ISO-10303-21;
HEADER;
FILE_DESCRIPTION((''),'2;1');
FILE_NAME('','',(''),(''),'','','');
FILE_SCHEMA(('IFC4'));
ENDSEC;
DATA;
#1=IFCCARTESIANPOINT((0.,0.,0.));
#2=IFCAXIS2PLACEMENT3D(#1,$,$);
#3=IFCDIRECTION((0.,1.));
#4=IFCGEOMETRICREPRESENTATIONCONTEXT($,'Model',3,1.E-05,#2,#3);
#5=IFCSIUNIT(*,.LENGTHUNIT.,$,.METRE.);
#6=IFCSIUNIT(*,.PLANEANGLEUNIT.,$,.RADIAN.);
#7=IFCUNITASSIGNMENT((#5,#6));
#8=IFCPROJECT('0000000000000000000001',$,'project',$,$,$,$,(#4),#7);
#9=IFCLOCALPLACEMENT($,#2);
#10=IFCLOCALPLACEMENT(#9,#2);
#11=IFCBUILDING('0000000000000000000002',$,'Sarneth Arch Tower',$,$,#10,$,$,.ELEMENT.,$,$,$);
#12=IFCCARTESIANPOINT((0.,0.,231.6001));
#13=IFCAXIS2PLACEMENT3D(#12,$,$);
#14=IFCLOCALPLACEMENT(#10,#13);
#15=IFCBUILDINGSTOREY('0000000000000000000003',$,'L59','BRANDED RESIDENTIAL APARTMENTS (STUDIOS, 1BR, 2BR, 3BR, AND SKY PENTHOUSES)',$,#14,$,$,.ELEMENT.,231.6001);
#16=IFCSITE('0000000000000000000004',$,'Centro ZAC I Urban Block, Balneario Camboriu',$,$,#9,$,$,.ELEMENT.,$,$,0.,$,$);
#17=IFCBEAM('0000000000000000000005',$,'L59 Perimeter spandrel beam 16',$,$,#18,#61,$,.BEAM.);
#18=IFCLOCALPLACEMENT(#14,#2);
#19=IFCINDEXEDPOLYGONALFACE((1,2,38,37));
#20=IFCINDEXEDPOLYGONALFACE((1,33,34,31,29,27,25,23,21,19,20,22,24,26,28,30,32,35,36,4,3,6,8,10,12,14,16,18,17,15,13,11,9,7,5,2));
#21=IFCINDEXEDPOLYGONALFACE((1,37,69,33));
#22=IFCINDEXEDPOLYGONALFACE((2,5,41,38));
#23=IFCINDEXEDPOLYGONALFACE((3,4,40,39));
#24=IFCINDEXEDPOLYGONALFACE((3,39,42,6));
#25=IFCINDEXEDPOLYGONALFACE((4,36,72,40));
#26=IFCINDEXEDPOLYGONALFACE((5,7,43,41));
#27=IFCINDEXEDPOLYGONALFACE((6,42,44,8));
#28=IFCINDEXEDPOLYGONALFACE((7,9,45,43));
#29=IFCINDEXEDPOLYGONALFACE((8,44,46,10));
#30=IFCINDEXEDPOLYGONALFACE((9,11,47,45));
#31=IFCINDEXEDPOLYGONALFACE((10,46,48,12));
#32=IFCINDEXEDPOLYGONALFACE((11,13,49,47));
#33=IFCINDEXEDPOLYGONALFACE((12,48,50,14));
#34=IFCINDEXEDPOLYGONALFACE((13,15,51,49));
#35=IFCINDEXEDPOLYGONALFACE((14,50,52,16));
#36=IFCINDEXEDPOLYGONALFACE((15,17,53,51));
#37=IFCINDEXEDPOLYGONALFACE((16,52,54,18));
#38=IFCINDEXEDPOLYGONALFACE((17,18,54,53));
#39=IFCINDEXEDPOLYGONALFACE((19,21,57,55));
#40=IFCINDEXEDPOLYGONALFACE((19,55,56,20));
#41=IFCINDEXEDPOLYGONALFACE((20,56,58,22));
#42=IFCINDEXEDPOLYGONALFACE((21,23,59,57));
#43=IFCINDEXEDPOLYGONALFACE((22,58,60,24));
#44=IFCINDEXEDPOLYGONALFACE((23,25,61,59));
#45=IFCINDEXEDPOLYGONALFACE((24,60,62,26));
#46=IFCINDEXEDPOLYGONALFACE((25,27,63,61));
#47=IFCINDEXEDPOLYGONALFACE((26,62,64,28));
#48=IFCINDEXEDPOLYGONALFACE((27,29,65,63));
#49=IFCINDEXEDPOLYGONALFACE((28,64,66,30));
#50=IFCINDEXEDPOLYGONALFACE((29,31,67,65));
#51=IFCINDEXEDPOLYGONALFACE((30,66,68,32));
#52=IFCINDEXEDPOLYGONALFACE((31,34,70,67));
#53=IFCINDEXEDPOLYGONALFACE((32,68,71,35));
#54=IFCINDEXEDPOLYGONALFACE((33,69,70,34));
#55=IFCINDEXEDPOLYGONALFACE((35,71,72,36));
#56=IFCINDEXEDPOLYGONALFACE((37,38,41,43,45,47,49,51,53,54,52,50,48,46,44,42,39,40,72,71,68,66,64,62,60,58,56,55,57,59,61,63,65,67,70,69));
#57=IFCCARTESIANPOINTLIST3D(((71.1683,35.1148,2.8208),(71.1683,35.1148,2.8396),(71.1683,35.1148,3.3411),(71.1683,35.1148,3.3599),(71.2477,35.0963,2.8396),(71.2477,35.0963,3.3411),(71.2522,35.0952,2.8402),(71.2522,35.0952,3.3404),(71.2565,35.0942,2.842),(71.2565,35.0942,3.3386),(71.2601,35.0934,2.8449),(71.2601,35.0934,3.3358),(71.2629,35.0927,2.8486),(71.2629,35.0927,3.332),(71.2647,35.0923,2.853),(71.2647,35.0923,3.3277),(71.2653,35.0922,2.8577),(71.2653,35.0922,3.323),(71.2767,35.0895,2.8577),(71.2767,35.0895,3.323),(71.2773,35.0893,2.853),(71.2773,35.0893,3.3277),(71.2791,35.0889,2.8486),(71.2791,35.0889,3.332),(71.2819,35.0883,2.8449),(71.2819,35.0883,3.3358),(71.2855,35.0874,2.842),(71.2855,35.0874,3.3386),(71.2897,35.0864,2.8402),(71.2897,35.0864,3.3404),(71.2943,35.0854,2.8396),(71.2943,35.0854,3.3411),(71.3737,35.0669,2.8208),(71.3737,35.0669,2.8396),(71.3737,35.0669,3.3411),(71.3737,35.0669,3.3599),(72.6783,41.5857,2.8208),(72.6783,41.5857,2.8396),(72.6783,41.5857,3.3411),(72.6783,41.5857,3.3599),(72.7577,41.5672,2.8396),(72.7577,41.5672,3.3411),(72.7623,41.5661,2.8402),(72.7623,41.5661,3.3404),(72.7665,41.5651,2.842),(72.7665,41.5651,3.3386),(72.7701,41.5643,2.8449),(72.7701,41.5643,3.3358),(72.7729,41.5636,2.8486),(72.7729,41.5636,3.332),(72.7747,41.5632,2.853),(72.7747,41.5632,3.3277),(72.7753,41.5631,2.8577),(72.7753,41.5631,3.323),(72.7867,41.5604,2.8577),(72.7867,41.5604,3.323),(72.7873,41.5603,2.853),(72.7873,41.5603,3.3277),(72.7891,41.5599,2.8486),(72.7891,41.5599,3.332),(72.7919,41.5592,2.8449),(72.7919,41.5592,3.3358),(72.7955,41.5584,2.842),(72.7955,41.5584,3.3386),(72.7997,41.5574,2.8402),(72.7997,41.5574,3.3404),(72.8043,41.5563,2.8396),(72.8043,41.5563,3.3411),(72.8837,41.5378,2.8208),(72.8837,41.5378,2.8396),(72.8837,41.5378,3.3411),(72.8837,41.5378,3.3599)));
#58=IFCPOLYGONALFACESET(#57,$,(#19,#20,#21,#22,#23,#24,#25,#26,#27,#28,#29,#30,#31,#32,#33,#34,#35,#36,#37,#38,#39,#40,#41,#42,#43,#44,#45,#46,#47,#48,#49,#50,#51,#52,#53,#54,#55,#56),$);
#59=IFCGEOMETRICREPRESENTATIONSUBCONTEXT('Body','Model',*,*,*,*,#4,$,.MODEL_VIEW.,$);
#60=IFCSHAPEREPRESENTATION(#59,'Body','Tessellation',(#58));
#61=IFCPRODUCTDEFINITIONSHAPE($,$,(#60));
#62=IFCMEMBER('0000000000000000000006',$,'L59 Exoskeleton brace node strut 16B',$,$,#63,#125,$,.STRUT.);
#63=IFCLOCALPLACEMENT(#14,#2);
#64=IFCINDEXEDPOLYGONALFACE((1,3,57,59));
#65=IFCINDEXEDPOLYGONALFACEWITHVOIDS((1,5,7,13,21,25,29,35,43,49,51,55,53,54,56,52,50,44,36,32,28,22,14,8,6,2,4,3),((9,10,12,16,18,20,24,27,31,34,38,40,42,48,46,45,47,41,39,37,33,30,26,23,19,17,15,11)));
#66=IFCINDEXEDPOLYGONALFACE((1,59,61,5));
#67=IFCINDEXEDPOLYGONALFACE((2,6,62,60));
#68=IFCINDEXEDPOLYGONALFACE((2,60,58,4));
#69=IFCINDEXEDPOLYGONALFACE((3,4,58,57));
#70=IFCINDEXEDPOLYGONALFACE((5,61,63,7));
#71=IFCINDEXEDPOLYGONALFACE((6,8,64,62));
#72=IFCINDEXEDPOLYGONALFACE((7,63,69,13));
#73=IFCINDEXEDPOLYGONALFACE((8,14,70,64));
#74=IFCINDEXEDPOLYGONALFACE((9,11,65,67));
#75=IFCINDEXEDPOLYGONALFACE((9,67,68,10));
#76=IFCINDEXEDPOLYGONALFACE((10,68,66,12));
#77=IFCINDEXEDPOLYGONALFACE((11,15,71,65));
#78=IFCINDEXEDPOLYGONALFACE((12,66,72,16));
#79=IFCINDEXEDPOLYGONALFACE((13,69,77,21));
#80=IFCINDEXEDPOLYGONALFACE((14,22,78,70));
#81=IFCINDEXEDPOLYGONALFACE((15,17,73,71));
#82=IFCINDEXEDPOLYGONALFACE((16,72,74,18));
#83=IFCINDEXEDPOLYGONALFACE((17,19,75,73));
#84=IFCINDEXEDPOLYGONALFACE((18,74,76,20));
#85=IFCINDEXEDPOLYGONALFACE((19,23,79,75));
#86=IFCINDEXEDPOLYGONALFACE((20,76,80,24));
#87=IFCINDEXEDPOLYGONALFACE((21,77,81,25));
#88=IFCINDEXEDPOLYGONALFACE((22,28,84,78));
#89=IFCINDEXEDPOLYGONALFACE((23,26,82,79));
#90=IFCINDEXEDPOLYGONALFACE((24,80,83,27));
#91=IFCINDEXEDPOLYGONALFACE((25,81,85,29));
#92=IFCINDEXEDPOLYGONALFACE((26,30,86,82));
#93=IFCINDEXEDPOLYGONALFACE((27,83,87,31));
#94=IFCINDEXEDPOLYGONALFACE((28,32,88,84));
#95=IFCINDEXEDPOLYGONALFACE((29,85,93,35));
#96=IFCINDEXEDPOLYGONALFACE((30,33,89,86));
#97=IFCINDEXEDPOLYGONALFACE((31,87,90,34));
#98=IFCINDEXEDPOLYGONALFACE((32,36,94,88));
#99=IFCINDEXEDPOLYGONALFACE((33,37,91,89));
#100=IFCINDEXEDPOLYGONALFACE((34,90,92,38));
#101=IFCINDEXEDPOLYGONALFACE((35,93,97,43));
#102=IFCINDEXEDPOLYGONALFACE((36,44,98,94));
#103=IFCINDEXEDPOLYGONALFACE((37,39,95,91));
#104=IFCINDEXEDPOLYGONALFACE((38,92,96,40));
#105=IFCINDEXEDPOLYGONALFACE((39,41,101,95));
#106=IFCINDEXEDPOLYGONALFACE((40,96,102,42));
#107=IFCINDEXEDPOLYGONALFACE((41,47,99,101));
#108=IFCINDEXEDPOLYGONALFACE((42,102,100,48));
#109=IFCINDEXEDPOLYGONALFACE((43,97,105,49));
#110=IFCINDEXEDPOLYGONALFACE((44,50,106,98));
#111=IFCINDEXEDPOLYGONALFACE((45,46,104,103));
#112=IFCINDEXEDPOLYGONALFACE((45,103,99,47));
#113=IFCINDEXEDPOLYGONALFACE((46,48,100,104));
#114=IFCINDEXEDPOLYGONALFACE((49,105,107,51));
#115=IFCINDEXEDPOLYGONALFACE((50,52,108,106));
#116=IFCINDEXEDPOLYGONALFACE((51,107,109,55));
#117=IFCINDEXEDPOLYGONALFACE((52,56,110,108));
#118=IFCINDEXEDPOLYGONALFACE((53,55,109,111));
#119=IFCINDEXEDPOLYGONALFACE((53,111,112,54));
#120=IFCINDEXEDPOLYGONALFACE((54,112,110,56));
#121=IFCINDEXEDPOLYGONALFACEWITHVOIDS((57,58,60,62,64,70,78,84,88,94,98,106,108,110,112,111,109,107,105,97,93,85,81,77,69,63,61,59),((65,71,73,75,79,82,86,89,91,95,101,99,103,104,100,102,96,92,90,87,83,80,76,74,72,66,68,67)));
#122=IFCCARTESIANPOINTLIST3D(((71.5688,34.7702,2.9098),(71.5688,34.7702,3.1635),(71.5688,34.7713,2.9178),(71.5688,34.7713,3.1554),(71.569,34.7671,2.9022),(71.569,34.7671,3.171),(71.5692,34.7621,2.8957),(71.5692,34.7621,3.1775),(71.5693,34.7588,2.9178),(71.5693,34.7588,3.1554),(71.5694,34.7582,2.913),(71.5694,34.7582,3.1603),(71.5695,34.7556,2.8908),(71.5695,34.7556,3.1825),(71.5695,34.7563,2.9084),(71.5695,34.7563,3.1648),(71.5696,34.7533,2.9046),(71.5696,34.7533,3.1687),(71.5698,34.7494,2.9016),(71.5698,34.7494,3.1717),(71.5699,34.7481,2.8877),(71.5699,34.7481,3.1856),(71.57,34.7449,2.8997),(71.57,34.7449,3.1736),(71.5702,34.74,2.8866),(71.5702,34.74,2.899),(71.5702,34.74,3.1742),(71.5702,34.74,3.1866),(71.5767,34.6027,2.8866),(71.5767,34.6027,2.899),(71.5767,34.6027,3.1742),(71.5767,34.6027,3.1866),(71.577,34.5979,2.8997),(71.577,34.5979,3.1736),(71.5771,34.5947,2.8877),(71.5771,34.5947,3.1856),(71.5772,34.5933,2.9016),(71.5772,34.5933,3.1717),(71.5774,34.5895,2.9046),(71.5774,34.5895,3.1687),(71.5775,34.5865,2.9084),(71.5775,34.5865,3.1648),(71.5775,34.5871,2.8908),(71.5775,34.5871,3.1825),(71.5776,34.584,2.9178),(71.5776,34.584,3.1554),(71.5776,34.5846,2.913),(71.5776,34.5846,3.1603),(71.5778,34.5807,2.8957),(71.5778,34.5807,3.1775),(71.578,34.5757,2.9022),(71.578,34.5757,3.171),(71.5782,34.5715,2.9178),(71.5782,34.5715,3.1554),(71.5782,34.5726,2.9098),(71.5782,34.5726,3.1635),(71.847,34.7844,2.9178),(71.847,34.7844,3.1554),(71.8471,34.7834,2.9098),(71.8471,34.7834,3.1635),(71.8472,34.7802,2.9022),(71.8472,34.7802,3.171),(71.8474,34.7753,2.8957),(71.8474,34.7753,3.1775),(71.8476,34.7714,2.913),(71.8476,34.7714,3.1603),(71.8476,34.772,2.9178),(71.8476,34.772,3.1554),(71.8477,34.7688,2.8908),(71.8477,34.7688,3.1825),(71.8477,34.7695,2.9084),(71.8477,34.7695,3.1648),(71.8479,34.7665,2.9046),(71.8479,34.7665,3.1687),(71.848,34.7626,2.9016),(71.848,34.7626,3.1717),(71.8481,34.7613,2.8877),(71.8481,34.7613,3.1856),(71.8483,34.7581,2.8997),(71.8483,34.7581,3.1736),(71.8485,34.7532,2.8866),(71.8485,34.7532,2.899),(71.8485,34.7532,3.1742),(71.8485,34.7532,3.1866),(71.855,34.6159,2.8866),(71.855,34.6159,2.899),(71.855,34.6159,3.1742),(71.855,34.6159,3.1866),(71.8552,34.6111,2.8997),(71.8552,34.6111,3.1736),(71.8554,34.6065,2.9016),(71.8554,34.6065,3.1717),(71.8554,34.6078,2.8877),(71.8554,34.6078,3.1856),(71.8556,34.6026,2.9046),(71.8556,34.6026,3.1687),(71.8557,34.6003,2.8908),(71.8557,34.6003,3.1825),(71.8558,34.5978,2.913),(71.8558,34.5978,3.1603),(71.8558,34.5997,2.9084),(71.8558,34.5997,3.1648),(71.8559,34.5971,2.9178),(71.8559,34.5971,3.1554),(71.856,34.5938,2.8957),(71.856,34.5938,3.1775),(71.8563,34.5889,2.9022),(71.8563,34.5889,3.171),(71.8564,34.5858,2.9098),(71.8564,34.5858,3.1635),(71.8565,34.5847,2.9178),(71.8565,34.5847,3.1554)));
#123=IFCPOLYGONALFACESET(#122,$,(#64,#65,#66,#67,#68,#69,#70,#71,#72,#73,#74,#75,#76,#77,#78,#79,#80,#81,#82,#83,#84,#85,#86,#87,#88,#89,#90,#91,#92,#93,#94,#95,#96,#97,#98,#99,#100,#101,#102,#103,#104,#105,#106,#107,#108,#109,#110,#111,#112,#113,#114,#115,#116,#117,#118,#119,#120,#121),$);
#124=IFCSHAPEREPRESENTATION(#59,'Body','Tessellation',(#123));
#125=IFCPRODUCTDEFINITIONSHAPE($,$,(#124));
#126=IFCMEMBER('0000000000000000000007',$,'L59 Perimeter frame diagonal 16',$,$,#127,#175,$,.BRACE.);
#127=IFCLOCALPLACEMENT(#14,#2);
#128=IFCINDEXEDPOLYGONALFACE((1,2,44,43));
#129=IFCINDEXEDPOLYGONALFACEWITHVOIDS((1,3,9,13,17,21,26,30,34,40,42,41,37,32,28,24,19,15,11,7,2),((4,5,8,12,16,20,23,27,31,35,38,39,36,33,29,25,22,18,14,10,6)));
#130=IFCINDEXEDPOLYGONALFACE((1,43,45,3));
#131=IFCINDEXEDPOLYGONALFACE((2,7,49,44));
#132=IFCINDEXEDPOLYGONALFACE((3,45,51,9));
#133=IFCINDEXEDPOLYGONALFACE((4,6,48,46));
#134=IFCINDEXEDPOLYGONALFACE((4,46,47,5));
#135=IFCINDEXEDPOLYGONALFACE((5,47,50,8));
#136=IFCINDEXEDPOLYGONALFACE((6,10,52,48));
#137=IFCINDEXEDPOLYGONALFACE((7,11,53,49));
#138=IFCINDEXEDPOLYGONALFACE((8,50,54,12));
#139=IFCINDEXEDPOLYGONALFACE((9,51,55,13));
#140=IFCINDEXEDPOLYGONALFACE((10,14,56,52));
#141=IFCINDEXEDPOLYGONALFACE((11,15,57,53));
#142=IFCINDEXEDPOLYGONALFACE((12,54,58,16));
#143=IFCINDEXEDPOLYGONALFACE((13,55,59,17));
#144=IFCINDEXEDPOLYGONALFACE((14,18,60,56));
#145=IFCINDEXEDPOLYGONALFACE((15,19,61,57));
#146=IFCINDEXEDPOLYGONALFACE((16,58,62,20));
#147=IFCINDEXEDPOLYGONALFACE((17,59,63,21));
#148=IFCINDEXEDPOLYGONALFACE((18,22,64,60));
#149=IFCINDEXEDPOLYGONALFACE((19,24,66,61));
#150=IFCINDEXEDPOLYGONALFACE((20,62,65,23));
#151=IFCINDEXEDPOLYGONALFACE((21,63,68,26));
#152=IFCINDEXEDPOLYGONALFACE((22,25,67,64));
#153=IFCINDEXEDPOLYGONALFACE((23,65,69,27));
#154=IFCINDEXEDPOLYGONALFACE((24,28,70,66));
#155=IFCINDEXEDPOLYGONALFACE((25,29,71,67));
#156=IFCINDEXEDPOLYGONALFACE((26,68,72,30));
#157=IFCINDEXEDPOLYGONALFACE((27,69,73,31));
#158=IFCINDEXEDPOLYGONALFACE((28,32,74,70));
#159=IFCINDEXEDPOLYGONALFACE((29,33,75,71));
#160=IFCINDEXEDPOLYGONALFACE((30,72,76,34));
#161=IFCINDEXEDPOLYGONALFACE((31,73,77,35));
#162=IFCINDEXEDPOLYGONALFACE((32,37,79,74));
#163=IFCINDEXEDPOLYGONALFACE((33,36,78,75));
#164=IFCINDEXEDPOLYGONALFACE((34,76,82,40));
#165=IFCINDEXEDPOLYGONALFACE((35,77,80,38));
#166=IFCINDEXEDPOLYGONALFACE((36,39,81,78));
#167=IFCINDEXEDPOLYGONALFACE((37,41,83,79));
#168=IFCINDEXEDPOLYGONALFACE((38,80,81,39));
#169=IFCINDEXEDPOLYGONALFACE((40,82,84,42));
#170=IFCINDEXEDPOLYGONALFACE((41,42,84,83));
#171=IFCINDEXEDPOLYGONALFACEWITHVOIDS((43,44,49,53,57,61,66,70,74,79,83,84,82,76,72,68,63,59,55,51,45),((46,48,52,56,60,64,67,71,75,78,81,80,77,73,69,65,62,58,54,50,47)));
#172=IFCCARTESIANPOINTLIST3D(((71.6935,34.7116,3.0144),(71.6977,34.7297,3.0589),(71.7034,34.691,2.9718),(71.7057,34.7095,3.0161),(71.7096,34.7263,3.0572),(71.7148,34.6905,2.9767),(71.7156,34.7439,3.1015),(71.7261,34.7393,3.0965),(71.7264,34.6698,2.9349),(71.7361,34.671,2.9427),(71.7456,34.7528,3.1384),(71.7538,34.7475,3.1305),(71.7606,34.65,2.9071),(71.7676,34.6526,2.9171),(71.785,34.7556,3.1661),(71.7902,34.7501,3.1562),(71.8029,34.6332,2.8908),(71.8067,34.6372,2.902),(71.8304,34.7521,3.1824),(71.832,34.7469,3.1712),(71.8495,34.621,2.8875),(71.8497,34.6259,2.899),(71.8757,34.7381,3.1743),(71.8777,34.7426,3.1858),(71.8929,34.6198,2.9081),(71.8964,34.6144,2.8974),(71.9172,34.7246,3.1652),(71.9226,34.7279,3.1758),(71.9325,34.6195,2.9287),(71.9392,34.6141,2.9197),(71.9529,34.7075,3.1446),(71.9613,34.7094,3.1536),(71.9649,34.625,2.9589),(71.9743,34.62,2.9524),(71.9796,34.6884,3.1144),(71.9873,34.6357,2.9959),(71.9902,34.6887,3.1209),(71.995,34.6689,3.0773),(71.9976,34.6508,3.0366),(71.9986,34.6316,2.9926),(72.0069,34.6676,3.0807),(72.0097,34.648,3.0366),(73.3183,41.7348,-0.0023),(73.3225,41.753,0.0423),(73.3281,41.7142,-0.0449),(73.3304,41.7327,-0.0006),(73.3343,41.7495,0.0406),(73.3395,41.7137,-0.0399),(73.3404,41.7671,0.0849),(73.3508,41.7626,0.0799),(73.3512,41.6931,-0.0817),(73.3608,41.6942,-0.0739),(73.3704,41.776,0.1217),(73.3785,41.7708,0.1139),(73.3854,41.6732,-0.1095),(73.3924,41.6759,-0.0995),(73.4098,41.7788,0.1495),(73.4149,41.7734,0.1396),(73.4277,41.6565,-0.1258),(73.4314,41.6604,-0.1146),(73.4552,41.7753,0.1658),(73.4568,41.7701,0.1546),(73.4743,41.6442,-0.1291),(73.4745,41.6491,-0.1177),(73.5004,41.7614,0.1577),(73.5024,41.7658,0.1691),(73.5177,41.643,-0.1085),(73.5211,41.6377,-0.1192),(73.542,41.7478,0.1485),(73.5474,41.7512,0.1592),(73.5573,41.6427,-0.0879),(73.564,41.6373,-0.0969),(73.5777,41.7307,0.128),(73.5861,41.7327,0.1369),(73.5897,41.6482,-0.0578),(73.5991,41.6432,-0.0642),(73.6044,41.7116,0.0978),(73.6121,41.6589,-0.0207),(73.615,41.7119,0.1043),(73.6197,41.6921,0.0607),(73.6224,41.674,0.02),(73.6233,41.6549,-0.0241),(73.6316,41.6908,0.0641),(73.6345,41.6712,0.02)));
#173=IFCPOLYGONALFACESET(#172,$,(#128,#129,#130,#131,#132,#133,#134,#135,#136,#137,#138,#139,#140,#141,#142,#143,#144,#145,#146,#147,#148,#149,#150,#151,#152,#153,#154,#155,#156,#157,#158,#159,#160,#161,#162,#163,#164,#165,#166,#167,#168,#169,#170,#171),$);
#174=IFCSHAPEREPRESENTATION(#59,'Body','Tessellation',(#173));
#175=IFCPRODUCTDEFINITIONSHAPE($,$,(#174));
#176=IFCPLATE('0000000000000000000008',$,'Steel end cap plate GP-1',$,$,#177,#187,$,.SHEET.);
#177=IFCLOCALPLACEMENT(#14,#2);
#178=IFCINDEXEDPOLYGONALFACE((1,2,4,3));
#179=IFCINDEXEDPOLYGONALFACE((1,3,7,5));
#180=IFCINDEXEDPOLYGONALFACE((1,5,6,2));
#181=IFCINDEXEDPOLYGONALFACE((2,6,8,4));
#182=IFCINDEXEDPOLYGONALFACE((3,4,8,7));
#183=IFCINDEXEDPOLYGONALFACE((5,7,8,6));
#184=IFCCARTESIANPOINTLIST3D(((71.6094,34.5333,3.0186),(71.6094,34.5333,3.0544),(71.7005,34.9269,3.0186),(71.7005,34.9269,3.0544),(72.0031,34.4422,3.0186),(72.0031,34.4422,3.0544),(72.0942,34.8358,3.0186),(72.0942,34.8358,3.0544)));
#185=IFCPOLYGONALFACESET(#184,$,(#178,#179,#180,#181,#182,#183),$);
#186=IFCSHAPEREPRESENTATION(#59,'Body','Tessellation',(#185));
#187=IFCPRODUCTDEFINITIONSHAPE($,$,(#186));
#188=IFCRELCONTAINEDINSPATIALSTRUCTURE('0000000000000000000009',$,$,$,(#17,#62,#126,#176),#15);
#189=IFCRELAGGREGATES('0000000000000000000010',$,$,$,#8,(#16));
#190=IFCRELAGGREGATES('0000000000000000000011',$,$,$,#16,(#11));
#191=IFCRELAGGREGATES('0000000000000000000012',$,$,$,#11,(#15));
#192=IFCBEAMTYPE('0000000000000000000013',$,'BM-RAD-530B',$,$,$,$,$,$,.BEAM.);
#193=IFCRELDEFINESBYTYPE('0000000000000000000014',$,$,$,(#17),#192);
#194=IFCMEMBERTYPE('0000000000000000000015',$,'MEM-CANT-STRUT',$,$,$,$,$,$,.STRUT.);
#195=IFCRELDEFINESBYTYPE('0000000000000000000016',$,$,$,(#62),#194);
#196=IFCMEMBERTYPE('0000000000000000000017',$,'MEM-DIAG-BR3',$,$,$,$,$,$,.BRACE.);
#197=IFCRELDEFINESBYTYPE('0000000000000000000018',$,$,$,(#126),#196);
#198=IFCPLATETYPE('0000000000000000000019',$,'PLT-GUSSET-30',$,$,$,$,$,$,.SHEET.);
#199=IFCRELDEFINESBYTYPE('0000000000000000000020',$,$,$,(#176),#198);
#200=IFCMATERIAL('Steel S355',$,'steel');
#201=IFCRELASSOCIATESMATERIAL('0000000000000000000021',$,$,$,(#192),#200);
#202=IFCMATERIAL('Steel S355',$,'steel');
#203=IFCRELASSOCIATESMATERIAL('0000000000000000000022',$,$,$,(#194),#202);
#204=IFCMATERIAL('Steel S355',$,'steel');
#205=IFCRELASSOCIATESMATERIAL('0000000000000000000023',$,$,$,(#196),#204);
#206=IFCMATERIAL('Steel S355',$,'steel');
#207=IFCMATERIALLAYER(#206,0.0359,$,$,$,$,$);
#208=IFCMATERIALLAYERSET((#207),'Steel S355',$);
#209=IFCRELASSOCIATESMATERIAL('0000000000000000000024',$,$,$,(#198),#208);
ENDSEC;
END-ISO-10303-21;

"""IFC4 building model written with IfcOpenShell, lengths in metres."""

from ifc_helpers import new_model, si_unit, direction, frame, origin, origin_2d, place, context, subcontext, project, spatial, rectangle, hollow_rectangle, hollow_circle, i_section, extrude, material, layer, layer_set, material_profile, profile_set, type_object, element, save


model = new_model("IFC4")

# Units and contexts
model_context = context("Model", 3, precision=1e-05, world=origin(), true_north=direction((0.0, 1.0)))
body_context = subcontext(model_context, "Body", "Model", "MODEL_VIEW")
ifc_project = project(units=[si_unit("LENGTHUNIT", "METRE"), si_unit("PLANEANGLEUNIT", "RADIAN")], contexts=[model_context])

# Site, building, storey
site_placement = place(None, origin())
site = spatial("IfcSite", under=ifc_project, at=site_placement, Name="Centro ZAC I Urban Block, Balneario Camboriu", CompositionType="ELEMENT", RefElevation=0.0)
building_placement = place(site_placement, origin())
building = spatial("IfcBuilding", under=site, at=building_placement, Name="Sarneth Arch Tower", CompositionType="ELEMENT")
storey_placement = place(building_placement, frame((0.0, 0.0, 231.6001)))
storey = spatial("IfcBuildingStorey", under=building, at=storey_placement, Name="L59", Description="BRANDED RESIDENTIAL APARTMENTS (STUDIOS, 1BR, 2BR, 3BR, AND SKY PENTHOUSES)", CompositionType="ELEMENT", Elevation=231.6001)

# Beam
ifc_material_1 = material(Name="Steel S355", Category="steel")
ifc_material_profile_1 = material_profile(ifc_material_1, i_section(OverallWidth=0.2109, OverallDepth=0.5391, WebThickness=0.0117, FlangeThickness=0.0188, FilletRadius=0.0181, at=origin_2d()), Name="W530x109")
ifc_profile_set_1 = profile_set([ifc_material_profile_1], Name="Steel S355")
beam_type_1 = type_object("IfcBeamType", Name="BM-RAD-530B", PredefinedType="BEAM", material=ifc_profile_set_1)
beam_1_placement = place(storey_placement, frame((71.271, 35.0908, 3.0903), z_axis=(0.227247, 0.973837, 0.0), x_axis=(-0.973837, 0.227247, 0.0)))
element("IfcBeam", 1, at=beam_1_placement, inside=storey, type_object=beam_type_1, Name="L59 Perimeter spandrel beam 16", PredefinedType="BEAM", context=body_context, shape_type="SweptSolid", body=[
    extrude(i_section(OverallWidth=0.2109, OverallDepth=0.5391, WebThickness=0.0117, FlangeThickness=0.0188, FilletRadius=0.0181, at=origin_2d()), origin(), (0.0, 0.0, 1.0), 6.6448),
])

# Members
ifc_material_2 = material(Name="Steel S355", Category="steel")
ifc_material_profile_2 = material_profile(ifc_material_2, hollow_rectangle(XDim=0.2, YDim=0.3, WallThickness=0.0125, InnerFilletRadius=0.0188, OuterFilletRadius=0.0312, at=origin_2d()), Name="RHS300x200x12.5")
ifc_profile_set_2 = profile_set([ifc_material_profile_2], Name="Steel S355")
member_type_1 = type_object("IfcMemberType", Name="MEM-CANT-STRUT", PredefinedType="STRUT", material=ifc_profile_set_2)
member_1_placement = place(storey_placement, frame((71.5735, 34.6714, 3.0366), z_axis=(0.99888, 0.047315, 0.0), x_axis=(-0.047315, 0.99888, 0.0)))
element("IfcMember", 2, at=member_1_placement, inside=storey, type_object=member_type_1, Name="L59 Exoskeleton brace node strut 16B", PredefinedType="STRUT", context=body_context, shape_type="SweptSolid", body=[
    extrude(hollow_rectangle(XDim=0.2, YDim=0.3, WallThickness=0.0125, InnerFilletRadius=0.0188, OuterFilletRadius=0.0312, at=origin_2d()), origin(), (0.0, 0.0, 1.0), 0.2786),
])
ifc_material_3 = material(Name="Steel S355", Category="steel")
ifc_material_profile_3 = material_profile(ifc_material_3, hollow_circle(Radius=0.1621, WallThickness=0.0125, at=origin_2d()), Name="CHS324x12.5")
ifc_profile_set_3 = profile_set([ifc_material_profile_3], Name="Steel S355")
member_type_2 = type_object("IfcMemberType", Name="MEM-DIAG-BR3", PredefinedType="BRACE", material=ifc_profile_set_3)
member_2_placement = place(storey_placement, frame((73.4766, 41.7078, 0.02), z_axis=(-0.207918, -0.898749, 0.386031), x_axis=(0.974269, -0.225389, 0.0)))
element("IfcMember", 3, at=member_2_placement, inside=storey, type_object=member_type_2, Name="L59 Perimeter frame diagonal 16", PredefinedType="BRACE", context=body_context, shape_type="SweptSolid", body=[
    extrude(hollow_circle(Radius=0.1621, WallThickness=0.0125, at=origin_2d()), origin(), (0.0, 0.0, 1.0), 7.8145),
])

# Plate
ifc_material_4 = material(Name="Steel S355", Category="steel")
ifc_layer_1 = layer(ifc_material_4, 0.0359)
ifc_layer_set_1 = layer_set([ifc_layer_1], Name="Steel S355")
plate_type = type_object("IfcPlateType", Name="PLT-GUSSET-30", PredefinedType="SHEET", material=ifc_layer_set_1)
plate_placement = place(storey_placement, frame((71.8518, 34.6846, 3.0186), z_axis=(0.0, 0.0, 1.0), x_axis=(0.225461, 0.974252, 0.0)))
element("IfcPlate", 4, at=plate_placement, inside=storey, type_object=plate_type, Name="Steel end cap plate GP-1", PredefinedType="SHEET", context=body_context, shape_type="SweptSolid", body=[
    extrude(rectangle(XDim=0.4041, YDim=0.4041, at=origin_2d()), origin(), (0.0, 0.0, 1.0), 0.0359),
])

save(model, "model.ifc")
